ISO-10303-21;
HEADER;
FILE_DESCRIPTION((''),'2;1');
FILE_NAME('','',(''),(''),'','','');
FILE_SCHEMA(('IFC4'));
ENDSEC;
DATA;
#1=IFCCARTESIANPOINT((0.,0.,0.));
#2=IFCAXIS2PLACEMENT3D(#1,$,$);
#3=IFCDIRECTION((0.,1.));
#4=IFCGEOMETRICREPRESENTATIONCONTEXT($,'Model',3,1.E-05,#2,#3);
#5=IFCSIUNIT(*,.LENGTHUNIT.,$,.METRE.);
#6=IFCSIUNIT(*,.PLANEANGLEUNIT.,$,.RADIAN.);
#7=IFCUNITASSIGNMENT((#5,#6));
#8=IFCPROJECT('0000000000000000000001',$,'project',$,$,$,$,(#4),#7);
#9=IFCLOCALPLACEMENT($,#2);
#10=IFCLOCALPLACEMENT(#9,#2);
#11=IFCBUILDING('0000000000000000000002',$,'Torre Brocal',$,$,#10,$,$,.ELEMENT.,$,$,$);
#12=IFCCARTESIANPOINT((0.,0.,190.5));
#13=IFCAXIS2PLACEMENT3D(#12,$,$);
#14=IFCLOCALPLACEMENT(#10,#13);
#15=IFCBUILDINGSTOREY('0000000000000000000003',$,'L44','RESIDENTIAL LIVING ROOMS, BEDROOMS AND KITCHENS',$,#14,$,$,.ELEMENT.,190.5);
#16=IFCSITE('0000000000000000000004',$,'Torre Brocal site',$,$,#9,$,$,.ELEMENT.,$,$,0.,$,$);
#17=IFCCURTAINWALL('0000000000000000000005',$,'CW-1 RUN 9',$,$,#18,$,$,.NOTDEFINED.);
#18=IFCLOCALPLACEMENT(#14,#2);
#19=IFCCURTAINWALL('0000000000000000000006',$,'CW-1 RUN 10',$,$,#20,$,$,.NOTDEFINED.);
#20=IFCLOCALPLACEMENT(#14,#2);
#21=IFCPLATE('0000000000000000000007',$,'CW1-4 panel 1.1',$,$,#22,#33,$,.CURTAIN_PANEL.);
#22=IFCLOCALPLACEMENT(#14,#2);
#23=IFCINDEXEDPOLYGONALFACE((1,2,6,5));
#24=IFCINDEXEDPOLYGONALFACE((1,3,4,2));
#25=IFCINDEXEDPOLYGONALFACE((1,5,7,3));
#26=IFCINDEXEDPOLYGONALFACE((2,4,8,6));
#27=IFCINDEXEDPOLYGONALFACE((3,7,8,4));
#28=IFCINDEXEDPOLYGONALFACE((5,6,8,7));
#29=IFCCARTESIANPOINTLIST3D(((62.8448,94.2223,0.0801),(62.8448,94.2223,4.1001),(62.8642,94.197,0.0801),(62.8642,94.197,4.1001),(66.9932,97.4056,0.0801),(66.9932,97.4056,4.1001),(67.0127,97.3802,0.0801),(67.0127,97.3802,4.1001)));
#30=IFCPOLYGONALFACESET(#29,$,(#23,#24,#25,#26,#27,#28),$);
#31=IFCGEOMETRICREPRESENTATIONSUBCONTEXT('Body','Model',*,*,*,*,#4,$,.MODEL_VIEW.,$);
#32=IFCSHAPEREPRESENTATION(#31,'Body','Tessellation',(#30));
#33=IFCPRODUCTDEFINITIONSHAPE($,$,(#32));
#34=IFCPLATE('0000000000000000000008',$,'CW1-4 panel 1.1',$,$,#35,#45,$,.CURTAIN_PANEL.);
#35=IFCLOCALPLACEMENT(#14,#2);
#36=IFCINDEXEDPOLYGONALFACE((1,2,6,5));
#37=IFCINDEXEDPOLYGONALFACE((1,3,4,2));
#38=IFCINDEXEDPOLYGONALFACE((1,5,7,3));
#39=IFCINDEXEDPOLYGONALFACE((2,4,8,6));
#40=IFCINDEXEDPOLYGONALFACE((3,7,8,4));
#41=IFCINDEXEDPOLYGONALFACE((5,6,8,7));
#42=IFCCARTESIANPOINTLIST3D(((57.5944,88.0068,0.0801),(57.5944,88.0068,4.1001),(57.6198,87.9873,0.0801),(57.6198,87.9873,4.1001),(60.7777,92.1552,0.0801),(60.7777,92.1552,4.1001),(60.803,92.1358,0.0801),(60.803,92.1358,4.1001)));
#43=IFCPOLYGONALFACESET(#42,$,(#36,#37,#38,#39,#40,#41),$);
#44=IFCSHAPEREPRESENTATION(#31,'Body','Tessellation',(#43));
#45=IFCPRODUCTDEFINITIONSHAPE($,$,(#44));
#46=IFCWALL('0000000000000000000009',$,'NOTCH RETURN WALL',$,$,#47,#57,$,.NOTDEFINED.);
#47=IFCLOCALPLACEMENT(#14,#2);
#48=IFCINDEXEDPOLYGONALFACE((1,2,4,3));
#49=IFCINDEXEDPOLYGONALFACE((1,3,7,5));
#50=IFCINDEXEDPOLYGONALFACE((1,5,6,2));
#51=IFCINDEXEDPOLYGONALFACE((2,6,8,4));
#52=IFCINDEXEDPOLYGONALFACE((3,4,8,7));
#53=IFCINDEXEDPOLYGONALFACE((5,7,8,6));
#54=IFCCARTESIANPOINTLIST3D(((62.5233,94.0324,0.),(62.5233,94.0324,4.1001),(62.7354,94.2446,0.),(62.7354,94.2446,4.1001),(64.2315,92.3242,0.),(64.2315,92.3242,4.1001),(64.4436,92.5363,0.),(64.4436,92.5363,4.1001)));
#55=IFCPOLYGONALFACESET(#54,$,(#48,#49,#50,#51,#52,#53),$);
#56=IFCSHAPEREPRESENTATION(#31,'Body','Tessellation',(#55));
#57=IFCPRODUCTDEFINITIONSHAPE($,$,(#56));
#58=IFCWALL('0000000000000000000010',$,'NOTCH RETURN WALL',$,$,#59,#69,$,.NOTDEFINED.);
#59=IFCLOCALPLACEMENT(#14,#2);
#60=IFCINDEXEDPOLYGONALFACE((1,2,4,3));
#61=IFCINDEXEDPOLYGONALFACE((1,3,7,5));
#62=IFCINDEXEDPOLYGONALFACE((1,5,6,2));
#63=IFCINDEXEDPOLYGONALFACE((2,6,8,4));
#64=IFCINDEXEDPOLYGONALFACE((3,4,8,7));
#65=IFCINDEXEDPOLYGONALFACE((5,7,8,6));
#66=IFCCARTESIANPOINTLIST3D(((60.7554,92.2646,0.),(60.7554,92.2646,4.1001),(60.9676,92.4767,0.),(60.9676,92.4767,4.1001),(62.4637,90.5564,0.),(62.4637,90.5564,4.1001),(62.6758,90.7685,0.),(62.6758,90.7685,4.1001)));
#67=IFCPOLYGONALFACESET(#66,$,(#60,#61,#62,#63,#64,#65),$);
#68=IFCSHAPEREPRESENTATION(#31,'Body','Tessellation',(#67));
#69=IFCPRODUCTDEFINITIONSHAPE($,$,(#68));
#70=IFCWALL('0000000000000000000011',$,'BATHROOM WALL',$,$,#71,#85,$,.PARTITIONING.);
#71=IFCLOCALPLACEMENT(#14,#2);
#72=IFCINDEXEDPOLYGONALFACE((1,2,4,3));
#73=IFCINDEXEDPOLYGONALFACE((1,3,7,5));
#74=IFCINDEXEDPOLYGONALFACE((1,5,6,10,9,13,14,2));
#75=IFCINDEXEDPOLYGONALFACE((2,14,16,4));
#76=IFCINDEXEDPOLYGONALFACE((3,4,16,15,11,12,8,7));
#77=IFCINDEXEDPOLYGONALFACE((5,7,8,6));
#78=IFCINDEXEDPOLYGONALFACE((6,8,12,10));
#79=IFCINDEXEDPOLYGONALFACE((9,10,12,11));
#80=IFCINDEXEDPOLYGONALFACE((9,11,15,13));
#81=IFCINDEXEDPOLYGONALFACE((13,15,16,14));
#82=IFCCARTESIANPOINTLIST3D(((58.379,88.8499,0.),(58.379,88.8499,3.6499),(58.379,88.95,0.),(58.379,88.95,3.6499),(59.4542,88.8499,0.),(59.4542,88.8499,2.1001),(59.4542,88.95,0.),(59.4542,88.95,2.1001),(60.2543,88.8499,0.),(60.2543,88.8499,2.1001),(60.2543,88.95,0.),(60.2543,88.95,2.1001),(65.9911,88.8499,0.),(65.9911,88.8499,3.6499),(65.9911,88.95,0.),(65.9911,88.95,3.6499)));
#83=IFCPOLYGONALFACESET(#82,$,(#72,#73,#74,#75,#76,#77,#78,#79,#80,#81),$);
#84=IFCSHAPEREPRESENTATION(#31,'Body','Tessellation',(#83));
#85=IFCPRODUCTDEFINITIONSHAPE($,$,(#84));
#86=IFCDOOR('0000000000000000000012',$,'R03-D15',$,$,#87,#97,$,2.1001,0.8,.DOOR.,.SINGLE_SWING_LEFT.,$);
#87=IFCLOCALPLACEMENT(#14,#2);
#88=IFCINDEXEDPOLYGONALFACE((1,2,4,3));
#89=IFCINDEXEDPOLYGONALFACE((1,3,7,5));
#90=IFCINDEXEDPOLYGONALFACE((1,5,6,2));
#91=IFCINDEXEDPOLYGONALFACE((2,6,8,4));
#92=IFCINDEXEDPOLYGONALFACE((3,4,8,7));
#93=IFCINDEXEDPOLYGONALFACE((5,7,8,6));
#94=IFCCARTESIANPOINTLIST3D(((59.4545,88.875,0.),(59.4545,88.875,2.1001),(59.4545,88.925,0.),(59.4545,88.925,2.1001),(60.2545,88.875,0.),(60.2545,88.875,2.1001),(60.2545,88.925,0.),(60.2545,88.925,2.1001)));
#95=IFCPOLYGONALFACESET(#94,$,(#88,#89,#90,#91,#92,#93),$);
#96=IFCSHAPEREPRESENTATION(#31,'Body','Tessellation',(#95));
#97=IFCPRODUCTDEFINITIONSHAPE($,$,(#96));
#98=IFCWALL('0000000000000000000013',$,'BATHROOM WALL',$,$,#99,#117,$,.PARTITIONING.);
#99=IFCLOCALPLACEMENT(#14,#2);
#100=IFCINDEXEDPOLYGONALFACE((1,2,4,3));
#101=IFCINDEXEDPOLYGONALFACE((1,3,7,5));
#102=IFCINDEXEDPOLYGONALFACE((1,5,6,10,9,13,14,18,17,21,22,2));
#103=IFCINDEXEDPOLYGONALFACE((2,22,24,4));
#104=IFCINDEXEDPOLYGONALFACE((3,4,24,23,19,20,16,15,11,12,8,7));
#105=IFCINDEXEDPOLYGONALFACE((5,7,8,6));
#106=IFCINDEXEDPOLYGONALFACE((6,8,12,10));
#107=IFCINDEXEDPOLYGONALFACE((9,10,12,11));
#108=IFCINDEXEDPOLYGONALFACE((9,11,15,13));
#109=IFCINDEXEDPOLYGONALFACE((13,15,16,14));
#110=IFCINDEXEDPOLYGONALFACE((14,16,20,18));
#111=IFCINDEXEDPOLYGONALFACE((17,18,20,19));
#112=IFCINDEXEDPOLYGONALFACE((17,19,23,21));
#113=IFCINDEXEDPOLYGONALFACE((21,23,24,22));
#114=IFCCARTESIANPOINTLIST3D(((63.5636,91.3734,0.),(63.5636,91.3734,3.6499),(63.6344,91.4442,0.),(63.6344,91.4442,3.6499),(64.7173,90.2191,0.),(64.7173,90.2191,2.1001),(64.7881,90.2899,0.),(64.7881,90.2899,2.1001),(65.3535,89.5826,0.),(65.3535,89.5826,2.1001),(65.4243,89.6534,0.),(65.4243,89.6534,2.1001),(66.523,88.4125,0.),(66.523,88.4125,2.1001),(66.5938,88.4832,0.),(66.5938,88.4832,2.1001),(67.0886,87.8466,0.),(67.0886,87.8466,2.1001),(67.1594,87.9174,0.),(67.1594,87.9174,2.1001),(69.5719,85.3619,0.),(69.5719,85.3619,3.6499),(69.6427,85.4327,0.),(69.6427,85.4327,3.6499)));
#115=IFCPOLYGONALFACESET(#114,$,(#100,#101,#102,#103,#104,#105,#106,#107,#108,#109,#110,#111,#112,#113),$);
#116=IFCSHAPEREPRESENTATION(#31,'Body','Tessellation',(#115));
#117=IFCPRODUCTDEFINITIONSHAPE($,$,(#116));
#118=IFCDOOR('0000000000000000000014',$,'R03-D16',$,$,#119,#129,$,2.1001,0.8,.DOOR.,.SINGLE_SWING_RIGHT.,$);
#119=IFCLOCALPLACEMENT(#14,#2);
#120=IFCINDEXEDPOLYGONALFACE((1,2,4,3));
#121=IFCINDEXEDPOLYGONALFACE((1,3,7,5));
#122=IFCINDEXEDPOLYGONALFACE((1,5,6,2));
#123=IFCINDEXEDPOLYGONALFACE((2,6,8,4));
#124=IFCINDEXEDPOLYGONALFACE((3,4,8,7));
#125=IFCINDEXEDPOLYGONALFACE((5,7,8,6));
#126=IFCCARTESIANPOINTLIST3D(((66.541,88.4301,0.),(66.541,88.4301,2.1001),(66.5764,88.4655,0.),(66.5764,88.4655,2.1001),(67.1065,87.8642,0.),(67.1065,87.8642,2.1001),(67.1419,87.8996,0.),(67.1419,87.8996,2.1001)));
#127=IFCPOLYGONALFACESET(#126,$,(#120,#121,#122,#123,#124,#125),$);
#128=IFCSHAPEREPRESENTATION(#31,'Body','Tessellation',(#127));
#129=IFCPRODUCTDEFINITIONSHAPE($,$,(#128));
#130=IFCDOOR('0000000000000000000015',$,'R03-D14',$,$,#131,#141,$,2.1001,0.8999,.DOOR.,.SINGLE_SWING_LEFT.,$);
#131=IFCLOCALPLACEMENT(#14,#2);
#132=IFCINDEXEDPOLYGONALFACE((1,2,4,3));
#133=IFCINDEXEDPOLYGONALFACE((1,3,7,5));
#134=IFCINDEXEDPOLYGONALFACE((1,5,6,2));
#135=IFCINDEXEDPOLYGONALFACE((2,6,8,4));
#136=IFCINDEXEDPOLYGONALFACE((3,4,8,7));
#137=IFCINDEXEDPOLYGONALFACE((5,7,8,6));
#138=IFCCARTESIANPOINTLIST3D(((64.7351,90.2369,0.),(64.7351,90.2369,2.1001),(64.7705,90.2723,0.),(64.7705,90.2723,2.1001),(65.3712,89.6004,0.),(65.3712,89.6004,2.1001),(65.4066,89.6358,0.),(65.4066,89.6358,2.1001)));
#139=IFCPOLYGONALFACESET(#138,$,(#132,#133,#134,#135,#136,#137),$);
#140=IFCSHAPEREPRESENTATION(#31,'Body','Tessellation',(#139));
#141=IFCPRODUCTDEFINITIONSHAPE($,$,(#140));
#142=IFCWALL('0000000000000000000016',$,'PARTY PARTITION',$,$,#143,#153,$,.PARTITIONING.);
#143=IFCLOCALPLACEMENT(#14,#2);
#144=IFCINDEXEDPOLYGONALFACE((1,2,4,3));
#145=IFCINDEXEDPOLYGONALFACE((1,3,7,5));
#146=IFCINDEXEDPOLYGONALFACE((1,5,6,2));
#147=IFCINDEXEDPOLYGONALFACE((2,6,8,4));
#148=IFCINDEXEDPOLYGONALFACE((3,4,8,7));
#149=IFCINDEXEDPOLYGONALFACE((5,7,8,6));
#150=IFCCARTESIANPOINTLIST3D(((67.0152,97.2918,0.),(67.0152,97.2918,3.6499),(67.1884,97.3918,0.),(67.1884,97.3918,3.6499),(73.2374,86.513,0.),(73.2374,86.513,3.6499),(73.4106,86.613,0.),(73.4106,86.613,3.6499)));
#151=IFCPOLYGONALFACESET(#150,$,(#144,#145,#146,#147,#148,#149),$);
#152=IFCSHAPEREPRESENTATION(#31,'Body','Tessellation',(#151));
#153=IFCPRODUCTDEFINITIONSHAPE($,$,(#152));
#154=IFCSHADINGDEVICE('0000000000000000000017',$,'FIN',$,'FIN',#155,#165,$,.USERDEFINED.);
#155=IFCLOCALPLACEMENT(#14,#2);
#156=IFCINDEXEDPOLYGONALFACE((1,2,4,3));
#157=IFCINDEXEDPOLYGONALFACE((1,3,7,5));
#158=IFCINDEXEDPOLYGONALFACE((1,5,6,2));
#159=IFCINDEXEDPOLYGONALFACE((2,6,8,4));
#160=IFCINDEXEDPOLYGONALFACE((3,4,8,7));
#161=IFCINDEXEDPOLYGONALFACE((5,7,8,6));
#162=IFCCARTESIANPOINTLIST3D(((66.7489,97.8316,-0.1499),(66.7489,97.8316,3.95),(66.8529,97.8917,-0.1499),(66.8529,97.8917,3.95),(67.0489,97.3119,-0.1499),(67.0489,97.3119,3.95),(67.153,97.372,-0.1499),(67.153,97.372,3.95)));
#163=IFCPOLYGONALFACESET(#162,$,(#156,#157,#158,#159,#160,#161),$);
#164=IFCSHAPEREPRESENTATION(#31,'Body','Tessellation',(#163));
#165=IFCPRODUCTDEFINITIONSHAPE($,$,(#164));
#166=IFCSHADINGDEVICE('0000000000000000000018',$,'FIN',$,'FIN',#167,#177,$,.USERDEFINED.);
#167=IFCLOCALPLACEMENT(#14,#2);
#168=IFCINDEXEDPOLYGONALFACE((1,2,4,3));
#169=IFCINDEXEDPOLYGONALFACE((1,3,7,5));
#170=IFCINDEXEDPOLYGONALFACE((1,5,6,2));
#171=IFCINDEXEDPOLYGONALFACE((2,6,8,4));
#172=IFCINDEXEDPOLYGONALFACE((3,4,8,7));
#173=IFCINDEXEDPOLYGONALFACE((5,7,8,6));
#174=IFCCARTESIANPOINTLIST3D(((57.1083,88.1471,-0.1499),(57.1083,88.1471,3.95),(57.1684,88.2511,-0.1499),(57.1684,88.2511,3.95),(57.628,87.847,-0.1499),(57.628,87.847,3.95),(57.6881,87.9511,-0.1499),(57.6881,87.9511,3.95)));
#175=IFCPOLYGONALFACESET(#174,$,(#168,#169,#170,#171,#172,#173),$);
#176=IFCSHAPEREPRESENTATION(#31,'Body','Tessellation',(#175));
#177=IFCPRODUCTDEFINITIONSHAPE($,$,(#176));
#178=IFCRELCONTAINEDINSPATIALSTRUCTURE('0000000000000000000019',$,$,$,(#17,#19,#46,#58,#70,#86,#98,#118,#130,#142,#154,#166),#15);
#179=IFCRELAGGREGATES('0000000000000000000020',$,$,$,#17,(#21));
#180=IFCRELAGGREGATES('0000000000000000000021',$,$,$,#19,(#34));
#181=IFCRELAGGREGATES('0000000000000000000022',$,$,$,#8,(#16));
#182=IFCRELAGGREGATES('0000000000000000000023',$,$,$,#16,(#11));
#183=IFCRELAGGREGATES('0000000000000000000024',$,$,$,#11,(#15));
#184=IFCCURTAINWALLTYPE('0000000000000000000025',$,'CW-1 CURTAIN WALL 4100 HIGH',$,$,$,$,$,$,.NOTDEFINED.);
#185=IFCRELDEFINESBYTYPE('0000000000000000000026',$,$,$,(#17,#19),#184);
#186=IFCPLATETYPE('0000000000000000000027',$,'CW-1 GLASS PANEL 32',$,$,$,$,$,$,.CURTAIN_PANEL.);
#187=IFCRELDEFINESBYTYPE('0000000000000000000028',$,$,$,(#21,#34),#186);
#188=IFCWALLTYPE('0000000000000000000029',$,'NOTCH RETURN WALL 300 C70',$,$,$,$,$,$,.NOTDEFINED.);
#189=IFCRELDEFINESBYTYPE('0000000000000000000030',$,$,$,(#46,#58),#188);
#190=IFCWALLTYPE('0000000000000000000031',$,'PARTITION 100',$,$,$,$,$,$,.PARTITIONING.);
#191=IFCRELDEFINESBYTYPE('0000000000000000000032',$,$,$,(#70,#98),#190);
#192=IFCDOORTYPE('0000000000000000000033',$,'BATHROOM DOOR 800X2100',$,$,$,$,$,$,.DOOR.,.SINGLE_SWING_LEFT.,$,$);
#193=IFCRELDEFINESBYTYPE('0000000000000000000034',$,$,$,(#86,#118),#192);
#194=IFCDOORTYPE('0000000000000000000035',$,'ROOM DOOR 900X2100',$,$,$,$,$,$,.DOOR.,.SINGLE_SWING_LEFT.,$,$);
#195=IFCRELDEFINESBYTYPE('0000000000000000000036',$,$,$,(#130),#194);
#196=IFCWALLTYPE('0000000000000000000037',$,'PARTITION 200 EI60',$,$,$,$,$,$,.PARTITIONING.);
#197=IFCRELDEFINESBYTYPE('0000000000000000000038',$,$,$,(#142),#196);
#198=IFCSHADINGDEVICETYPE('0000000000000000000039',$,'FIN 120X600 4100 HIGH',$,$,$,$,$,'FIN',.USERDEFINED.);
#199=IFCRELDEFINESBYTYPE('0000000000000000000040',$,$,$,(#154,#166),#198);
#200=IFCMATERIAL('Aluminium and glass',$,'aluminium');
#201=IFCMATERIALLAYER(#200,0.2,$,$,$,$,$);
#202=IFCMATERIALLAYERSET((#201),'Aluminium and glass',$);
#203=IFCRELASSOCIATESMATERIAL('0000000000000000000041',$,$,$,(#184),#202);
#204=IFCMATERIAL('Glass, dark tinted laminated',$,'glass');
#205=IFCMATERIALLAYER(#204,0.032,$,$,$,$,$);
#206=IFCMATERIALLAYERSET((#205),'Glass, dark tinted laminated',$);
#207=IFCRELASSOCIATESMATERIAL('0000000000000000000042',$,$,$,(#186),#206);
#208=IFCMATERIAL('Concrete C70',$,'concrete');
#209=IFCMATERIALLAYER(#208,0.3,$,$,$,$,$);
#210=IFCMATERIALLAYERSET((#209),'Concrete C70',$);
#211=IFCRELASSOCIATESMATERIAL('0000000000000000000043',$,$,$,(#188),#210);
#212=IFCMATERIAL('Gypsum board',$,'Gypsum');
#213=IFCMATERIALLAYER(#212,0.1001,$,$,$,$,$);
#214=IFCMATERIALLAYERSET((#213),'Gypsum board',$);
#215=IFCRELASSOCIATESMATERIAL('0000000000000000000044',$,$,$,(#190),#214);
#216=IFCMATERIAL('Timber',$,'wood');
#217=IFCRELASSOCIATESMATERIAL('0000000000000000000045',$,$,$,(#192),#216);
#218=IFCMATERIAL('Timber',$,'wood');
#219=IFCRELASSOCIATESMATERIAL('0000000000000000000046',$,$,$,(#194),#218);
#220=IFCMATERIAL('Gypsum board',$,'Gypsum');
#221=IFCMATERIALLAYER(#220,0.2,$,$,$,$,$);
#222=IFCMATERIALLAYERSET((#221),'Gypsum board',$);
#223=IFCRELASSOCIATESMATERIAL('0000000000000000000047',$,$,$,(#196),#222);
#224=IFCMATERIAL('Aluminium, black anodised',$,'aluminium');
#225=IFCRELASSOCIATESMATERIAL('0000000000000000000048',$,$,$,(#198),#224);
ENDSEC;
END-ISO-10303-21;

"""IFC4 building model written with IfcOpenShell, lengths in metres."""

from ifc_helpers import new_model, si_unit, direction, frame, frame_2d, origin, origin_2d, place, context, subcontext, project, spatial, rectangle, extrude, material, layer, layer_set, material_profile, profile_set, type_object, element, fill, aggregate, save


model = new_model("IFC4")

# Units and contexts
model_context = context("Model", 3, precision=1e-05, world=origin(), true_north=direction((0.0, 1.0)))
body_context = subcontext(model_context, "Body", "Model", "MODEL_VIEW")
ifc_project = project(units=[si_unit("LENGTHUNIT", "METRE"), si_unit("PLANEANGLEUNIT", "RADIAN")], contexts=[model_context])

# Site, building, storey
site_placement = place(None, origin())
site = spatial("IfcSite", under=ifc_project, at=site_placement, Name="Torre Brocal site", CompositionType="ELEMENT", RefElevation=0.0)
building_placement = place(site_placement, origin())
building = spatial("IfcBuilding", under=site, at=building_placement, Name="Torre Brocal", CompositionType="ELEMENT")
storey_placement = place(building_placement, frame((0.0, 0.0, 190.5)))
storey = spatial("IfcBuildingStorey", under=building, at=storey_placement, Name="L44", Description="RESIDENTIAL LIVING ROOMS, BEDROOMS AND KITCHENS", CompositionType="ELEMENT", Elevation=190.5)

# Shared definitions
ifc_material_1 = material(Name="Aluminium and glass", Category="aluminium")
ifc_layer_1 = layer(ifc_material_1, 0.2)
ifc_layer_set_1 = layer_set([ifc_layer_1], Name="Aluminium and glass")
curtain_wall_type = type_object("IfcCurtainWallType", Name="CW-1 CURTAIN WALL 4100 HIGH", PredefinedType="NOTDEFINED", material=ifc_layer_set_1)

# Curtain walls
curtain_wall_1_placement = place(storey_placement, origin())
curtain_wall_1 = element("IfcCurtainWall", 1, at=curtain_wall_1_placement, inside=storey, type_object=curtain_wall_type, Name="CW-1 RUN 9", PredefinedType="NOTDEFINED")
curtain_wall_2_placement = place(storey_placement, origin())
curtain_wall_2 = element("IfcCurtainWall", 2, at=curtain_wall_2_placement, inside=storey, type_object=curtain_wall_type, Name="CW-1 RUN 10", PredefinedType="NOTDEFINED")

# Plates
ifc_material_2 = material(Name="Glass, dark tinted laminated", Category="glass")
ifc_layer_2 = layer(ifc_material_2, 0.032)
ifc_layer_set_2 = layer_set([ifc_layer_2], Name="Glass, dark tinted laminated")
plate_type = type_object("IfcPlateType", Name="CW-1 GLASS PANEL 32", PredefinedType="CURTAIN_PANEL", material=ifc_layer_set_2)
plate_1_placement = place(storey_placement, frame((64.9287, 95.8013, 0.0801), z_axis=(0.0, 0.0, 1.0), x_axis=(-0.793353, -0.608761, 0.0)))
plate_1 = element("IfcPlate", 3, at=plate_1_placement, type_object=plate_type, Name="CW1-4 panel 1.1", PredefinedType="CURTAIN_PANEL", context=body_context, shape_type="SweptSolid", body=[
    extrude(rectangle(XDim=5.229, YDim=0.032, at=origin_2d()), origin(), (0.0, 0.0, 1.0), 4.02),
])
aggregate(curtain_wall_1, [plate_1])
plate_2_placement = place(storey_placement, frame((59.1987, 90.0713, 0.0801), z_axis=(0.0, 0.0, 1.0), x_axis=(-0.608761, -0.793353, 0.0)))
plate_2 = element("IfcPlate", 4, at=plate_2_placement, type_object=plate_type, Name="CW1-4 panel 1.1", PredefinedType="CURTAIN_PANEL", context=body_context, shape_type="SweptSolid", body=[
    extrude(rectangle(XDim=5.229, YDim=0.032, at=origin_2d()), origin(), (0.0, 0.0, 1.0), 4.02),
])
aggregate(curtain_wall_2, [plate_2])

# Walls
ifc_material_3 = material(Name="Concrete C70", Category="concrete")
ifc_layer_3 = layer(ifc_material_3, 0.3)
ifc_layer_set_3 = layer_set([ifc_layer_3], Name="Concrete C70")
wall_type_1 = type_object("IfcWallType", Name="NOTCH RETURN WALL 300 C70", PredefinedType="NOTDEFINED", material=ifc_layer_set_3)
for number, where, z_axis, x_axis, name in (
    (5, (64.3376, 92.4302, 0.0), (0.0, 0.0, 1.0), (-0.707107, 0.707107, 0.0), "NOTCH RETURN WALL"),
    (6, (62.5698, 90.6624, 0.0), (0.0, 0.0, 1.0), (-0.707107, 0.707107, 0.0), "NOTCH RETURN WALL"),
):
    element("IfcWall", number, at=place(storey_placement, frame(where, z_axis=z_axis, x_axis=x_axis)), inside=storey, type_object=wall_type_1, Name=name, PredefinedType="NOTDEFINED", context=body_context, shape_type="SweptSolid", body=[
        extrude(rectangle(XDim=2.4158, YDim=0.3, at=frame_2d((1.208, 0.0))), origin(), (0.0, 0.0, 1.0), 4.1001),
    ])

# Wall, opening, door
ifc_material_4 = material(Name="Gypsum board", Category="Gypsum")
ifc_layer_4 = layer(ifc_material_4, 0.1001)
ifc_layer_set_4 = layer_set([ifc_layer_4], Name="Gypsum board")
wall_type_2 = type_object("IfcWallType", Name="PARTITION 100", PredefinedType="PARTITIONING", material=ifc_layer_set_4)
wall_1_placement = place(storey_placement, frame((58.3789, 88.8999, 0.0), z_axis=(0.0, 0.0, 1.0), x_axis=(1.0, 0.0, 0.0)))
wall_1 = element("IfcWall", 7, at=wall_1_placement, inside=storey, type_object=wall_type_2, Name="BATHROOM WALL", PredefinedType="PARTITIONING", context=body_context, shape_type="SweptSolid", body=[
    extrude(rectangle(XDim=7.6121, YDim=0.1001, at=frame_2d((3.8062, 0.0))), origin(), (0.0, 0.0, 1.0), 3.6499),
])
opening_1_placement = place(wall_1_placement, frame((1.0754, 0.0, 0.0)))
opening_1 = element("IfcOpeningElement", 8, at=opening_1_placement, cuts=wall_1, PredefinedType="OPENING", context=body_context, shape_type="SweptSolid", body=[
    extrude(rectangle(XDim=0.8, YDim=2.1001, at=frame_2d((0.3999, 1.05))), frame((0.0, 0.0601, 0.0), z_axis=(0.0, -1.0, 0.0), x_axis=(1.0, 0.0, 0.0)), (0.0, 0.0, 1.0), 0.1201),
])
ifc_material_5 = material(Name="Timber", Category="wood")
door_type_1 = type_object("IfcDoorType", Name="BATHROOM DOOR 800X2100", OperationType="SINGLE_SWING_LEFT", PredefinedType="DOOR", material=ifc_material_5)
door_1_placement = place(opening_1_placement, frame((0.8, 0.0, 0.0), z_axis=(0.0, 0.0, 1.0), x_axis=(-1.0, 0.0, 0.0)))
door_1 = element("IfcDoor", 9, at=door_1_placement, inside=storey, type_object=door_type_1, Name="R03-D15", OperationType="SINGLE_SWING_LEFT", OverallHeight=2.1001, OverallWidth=0.8, PredefinedType="DOOR", context=body_context, shape_type="SweptSolid", body=[
    extrude(rectangle(XDim=0.8, YDim=2.1001, at=frame_2d((0.3999, 1.05))), frame((0.0, 0.0249, 0.0), z_axis=(0.0, -1.0, 0.0), x_axis=(1.0, 0.0, 0.0)), (0.0, 0.0, 1.0), 0.05),
])
fill(opening_1, door_1)

# Wall, openings, doors
wall_2_placement = place(storey_placement, frame((63.5991, 91.4087, 0.0), z_axis=(0.0, 0.0, 1.0), x_axis=(0.70692, -0.707293, 0.0)))
wall_2 = element("IfcWall", 10, at=wall_2_placement, inside=storey, type_object=wall_type_2, Name="BATHROOM WALL", PredefinedType="PARTITIONING", context=body_context, shape_type="SweptSolid", body=[
    extrude(rectangle(XDim=8.4993, YDim=0.1001, at=frame_2d((4.2495, 0.0))), origin(), (0.0, 0.0, 1.0), 3.6499),
])
opening_2_placement = place(wall_2_placement, frame((1.6318, 0.0, 0.0)))
opening_2 = element("IfcOpeningElement", 11, at=opening_2_placement, cuts=wall_2, PredefinedType="OPENING", context=body_context, shape_type="SweptSolid", body=[
    extrude(rectangle(XDim=0.8999, YDim=2.1001, at=frame_2d((0.45, 1.05))), frame((0.0, 0.0601, 0.0), z_axis=(0.0, -1.0, 0.0), x_axis=(1.0, 0.0, 0.0)), (0.0, 0.0, 1.0), 0.1201),
])
opening_3_placement = place(wall_2_placement, frame((4.1863, 0.0, 0.0)))
opening_3 = element("IfcOpeningElement", 12, at=opening_3_placement, cuts=wall_2, PredefinedType="OPENING", context=body_context, shape_type="SweptSolid", body=[
    extrude(rectangle(XDim=0.8, YDim=2.1001, at=frame_2d((0.3999, 1.05))), frame((0.0, 0.0601, 0.0), z_axis=(0.0, -1.0, 0.0), x_axis=(1.0, 0.0, 0.0)), (0.0, 0.0, 1.0), 0.1201),
])
door_2_placement = place(opening_3_placement, frame((0.8, 0.0, 0.0), z_axis=(0.0, 0.0, 1.0), x_axis=(-1.0, 0.0, 0.0)))
door_2 = element("IfcDoor", 13, at=door_2_placement, inside=storey, type_object=door_type_1, Name="R03-D16", OperationType="SINGLE_SWING_RIGHT", OverallHeight=2.1001, OverallWidth=0.8, PredefinedType="DOOR", context=body_context, shape_type="SweptSolid", body=[
    extrude(rectangle(XDim=0.8, YDim=2.1001, at=frame_2d((0.3999, 1.05))), frame((0.0, 0.0249, 0.0), z_axis=(0.0, -1.0, 0.0), x_axis=(1.0, 0.0, 0.0)), (0.0, 0.0, 1.0), 0.05),
])
fill(opening_3, door_2)
ifc_material_6 = material(Name="Timber", Category="wood")
door_type_2 = type_object("IfcDoorType", Name="ROOM DOOR 900X2100", OperationType="SINGLE_SWING_LEFT", PredefinedType="DOOR", material=ifc_material_6)
door_3_placement = place(opening_2_placement, frame((0.8999, 0.0, 0.0), z_axis=(0.0, 0.0, 1.0), x_axis=(-1.0, 0.0, 0.0)))
door_3 = element("IfcDoor", 14, at=door_3_placement, inside=storey, type_object=door_type_2, Name="R03-D14", OperationType="SINGLE_SWING_LEFT", OverallHeight=2.1001, OverallWidth=0.8999, PredefinedType="DOOR", context=body_context, shape_type="SweptSolid", body=[
    extrude(rectangle(XDim=0.8999, YDim=2.1001, at=frame_2d((0.45, 1.05))), frame((0.0, 0.0249, 0.0), z_axis=(0.0, -1.0, 0.0), x_axis=(1.0, 0.0, 0.0)), (0.0, 0.0, 1.0), 0.05),
])
fill(opening_2, door_3)

# Wall
ifc_material_7 = material(Name="Gypsum board", Category="Gypsum")
ifc_layer_5 = layer(ifc_material_7, 0.2)
ifc_layer_set_5 = layer_set([ifc_layer_5], Name="Gypsum board")
wall_type_3 = type_object("IfcWallType", Name="PARTITION 200 EI60", PredefinedType="PARTITIONING", material=ifc_layer_set_5)
wall_3_placement = place(storey_placement, frame((67.1018, 97.3418, 0.0), z_axis=(0.0, 0.0, 1.0), x_axis=(0.499941, -0.86606, 0.0)))
element("IfcWall", 15, at=wall_3_placement, inside=storey, type_object=wall_type_3, Name="PARTY PARTITION", PredefinedType="PARTITIONING", context=body_context, shape_type="SweptSolid", body=[
    extrude(rectangle(XDim=12.4458, YDim=0.2, at=frame_2d((6.2229, 0.0))), origin(), (0.0, 0.0, 1.0), 3.6499),
])

# Shading devices
ifc_material_8 = material(Name="Aluminium, black anodised", Category="aluminium")
ifc_material_profile_1 = material_profile(ifc_material_8, rectangle(XDim=0.1201, YDim=0.6001, at=origin_2d()), Name="FIN 120X600 4100 HIGH")
ifc_profile_set_1 = profile_set([ifc_material_profile_1], Name="Aluminium, black anodised")
shading_device_type = type_object("IfcShadingDeviceType", Name="FIN 120X600 4100 HIGH", ElementType="FIN", PredefinedType="USERDEFINED", material=ifc_profile_set_1)
for number, where, z_axis, x_axis, name in (
    (16, (66.9509, 97.6018, -0.1499), (0.0, 0.0, 1.0), (-0.866025, -0.5, 0.0), "FIN"),
    (17, (57.3982, 88.0491, -0.1499), (0.0, 0.0, 1.0), (-0.5, -0.866025, 0.0), "FIN"),
):
    element("IfcShadingDevice", number, at=place(storey_placement, frame(where, z_axis=z_axis, x_axis=x_axis)), inside=storey, type_object=shading_device_type, Name=name, ObjectType="FIN", PredefinedType="USERDEFINED", context=body_context, shape_type="SweptSolid", body=[
        extrude(rectangle(XDim=0.1201, YDim=0.6001, at=origin_2d()), origin(), (0.0, 0.0, 1.0), 4.0999),
    ])

save(model, "model.ifc")
